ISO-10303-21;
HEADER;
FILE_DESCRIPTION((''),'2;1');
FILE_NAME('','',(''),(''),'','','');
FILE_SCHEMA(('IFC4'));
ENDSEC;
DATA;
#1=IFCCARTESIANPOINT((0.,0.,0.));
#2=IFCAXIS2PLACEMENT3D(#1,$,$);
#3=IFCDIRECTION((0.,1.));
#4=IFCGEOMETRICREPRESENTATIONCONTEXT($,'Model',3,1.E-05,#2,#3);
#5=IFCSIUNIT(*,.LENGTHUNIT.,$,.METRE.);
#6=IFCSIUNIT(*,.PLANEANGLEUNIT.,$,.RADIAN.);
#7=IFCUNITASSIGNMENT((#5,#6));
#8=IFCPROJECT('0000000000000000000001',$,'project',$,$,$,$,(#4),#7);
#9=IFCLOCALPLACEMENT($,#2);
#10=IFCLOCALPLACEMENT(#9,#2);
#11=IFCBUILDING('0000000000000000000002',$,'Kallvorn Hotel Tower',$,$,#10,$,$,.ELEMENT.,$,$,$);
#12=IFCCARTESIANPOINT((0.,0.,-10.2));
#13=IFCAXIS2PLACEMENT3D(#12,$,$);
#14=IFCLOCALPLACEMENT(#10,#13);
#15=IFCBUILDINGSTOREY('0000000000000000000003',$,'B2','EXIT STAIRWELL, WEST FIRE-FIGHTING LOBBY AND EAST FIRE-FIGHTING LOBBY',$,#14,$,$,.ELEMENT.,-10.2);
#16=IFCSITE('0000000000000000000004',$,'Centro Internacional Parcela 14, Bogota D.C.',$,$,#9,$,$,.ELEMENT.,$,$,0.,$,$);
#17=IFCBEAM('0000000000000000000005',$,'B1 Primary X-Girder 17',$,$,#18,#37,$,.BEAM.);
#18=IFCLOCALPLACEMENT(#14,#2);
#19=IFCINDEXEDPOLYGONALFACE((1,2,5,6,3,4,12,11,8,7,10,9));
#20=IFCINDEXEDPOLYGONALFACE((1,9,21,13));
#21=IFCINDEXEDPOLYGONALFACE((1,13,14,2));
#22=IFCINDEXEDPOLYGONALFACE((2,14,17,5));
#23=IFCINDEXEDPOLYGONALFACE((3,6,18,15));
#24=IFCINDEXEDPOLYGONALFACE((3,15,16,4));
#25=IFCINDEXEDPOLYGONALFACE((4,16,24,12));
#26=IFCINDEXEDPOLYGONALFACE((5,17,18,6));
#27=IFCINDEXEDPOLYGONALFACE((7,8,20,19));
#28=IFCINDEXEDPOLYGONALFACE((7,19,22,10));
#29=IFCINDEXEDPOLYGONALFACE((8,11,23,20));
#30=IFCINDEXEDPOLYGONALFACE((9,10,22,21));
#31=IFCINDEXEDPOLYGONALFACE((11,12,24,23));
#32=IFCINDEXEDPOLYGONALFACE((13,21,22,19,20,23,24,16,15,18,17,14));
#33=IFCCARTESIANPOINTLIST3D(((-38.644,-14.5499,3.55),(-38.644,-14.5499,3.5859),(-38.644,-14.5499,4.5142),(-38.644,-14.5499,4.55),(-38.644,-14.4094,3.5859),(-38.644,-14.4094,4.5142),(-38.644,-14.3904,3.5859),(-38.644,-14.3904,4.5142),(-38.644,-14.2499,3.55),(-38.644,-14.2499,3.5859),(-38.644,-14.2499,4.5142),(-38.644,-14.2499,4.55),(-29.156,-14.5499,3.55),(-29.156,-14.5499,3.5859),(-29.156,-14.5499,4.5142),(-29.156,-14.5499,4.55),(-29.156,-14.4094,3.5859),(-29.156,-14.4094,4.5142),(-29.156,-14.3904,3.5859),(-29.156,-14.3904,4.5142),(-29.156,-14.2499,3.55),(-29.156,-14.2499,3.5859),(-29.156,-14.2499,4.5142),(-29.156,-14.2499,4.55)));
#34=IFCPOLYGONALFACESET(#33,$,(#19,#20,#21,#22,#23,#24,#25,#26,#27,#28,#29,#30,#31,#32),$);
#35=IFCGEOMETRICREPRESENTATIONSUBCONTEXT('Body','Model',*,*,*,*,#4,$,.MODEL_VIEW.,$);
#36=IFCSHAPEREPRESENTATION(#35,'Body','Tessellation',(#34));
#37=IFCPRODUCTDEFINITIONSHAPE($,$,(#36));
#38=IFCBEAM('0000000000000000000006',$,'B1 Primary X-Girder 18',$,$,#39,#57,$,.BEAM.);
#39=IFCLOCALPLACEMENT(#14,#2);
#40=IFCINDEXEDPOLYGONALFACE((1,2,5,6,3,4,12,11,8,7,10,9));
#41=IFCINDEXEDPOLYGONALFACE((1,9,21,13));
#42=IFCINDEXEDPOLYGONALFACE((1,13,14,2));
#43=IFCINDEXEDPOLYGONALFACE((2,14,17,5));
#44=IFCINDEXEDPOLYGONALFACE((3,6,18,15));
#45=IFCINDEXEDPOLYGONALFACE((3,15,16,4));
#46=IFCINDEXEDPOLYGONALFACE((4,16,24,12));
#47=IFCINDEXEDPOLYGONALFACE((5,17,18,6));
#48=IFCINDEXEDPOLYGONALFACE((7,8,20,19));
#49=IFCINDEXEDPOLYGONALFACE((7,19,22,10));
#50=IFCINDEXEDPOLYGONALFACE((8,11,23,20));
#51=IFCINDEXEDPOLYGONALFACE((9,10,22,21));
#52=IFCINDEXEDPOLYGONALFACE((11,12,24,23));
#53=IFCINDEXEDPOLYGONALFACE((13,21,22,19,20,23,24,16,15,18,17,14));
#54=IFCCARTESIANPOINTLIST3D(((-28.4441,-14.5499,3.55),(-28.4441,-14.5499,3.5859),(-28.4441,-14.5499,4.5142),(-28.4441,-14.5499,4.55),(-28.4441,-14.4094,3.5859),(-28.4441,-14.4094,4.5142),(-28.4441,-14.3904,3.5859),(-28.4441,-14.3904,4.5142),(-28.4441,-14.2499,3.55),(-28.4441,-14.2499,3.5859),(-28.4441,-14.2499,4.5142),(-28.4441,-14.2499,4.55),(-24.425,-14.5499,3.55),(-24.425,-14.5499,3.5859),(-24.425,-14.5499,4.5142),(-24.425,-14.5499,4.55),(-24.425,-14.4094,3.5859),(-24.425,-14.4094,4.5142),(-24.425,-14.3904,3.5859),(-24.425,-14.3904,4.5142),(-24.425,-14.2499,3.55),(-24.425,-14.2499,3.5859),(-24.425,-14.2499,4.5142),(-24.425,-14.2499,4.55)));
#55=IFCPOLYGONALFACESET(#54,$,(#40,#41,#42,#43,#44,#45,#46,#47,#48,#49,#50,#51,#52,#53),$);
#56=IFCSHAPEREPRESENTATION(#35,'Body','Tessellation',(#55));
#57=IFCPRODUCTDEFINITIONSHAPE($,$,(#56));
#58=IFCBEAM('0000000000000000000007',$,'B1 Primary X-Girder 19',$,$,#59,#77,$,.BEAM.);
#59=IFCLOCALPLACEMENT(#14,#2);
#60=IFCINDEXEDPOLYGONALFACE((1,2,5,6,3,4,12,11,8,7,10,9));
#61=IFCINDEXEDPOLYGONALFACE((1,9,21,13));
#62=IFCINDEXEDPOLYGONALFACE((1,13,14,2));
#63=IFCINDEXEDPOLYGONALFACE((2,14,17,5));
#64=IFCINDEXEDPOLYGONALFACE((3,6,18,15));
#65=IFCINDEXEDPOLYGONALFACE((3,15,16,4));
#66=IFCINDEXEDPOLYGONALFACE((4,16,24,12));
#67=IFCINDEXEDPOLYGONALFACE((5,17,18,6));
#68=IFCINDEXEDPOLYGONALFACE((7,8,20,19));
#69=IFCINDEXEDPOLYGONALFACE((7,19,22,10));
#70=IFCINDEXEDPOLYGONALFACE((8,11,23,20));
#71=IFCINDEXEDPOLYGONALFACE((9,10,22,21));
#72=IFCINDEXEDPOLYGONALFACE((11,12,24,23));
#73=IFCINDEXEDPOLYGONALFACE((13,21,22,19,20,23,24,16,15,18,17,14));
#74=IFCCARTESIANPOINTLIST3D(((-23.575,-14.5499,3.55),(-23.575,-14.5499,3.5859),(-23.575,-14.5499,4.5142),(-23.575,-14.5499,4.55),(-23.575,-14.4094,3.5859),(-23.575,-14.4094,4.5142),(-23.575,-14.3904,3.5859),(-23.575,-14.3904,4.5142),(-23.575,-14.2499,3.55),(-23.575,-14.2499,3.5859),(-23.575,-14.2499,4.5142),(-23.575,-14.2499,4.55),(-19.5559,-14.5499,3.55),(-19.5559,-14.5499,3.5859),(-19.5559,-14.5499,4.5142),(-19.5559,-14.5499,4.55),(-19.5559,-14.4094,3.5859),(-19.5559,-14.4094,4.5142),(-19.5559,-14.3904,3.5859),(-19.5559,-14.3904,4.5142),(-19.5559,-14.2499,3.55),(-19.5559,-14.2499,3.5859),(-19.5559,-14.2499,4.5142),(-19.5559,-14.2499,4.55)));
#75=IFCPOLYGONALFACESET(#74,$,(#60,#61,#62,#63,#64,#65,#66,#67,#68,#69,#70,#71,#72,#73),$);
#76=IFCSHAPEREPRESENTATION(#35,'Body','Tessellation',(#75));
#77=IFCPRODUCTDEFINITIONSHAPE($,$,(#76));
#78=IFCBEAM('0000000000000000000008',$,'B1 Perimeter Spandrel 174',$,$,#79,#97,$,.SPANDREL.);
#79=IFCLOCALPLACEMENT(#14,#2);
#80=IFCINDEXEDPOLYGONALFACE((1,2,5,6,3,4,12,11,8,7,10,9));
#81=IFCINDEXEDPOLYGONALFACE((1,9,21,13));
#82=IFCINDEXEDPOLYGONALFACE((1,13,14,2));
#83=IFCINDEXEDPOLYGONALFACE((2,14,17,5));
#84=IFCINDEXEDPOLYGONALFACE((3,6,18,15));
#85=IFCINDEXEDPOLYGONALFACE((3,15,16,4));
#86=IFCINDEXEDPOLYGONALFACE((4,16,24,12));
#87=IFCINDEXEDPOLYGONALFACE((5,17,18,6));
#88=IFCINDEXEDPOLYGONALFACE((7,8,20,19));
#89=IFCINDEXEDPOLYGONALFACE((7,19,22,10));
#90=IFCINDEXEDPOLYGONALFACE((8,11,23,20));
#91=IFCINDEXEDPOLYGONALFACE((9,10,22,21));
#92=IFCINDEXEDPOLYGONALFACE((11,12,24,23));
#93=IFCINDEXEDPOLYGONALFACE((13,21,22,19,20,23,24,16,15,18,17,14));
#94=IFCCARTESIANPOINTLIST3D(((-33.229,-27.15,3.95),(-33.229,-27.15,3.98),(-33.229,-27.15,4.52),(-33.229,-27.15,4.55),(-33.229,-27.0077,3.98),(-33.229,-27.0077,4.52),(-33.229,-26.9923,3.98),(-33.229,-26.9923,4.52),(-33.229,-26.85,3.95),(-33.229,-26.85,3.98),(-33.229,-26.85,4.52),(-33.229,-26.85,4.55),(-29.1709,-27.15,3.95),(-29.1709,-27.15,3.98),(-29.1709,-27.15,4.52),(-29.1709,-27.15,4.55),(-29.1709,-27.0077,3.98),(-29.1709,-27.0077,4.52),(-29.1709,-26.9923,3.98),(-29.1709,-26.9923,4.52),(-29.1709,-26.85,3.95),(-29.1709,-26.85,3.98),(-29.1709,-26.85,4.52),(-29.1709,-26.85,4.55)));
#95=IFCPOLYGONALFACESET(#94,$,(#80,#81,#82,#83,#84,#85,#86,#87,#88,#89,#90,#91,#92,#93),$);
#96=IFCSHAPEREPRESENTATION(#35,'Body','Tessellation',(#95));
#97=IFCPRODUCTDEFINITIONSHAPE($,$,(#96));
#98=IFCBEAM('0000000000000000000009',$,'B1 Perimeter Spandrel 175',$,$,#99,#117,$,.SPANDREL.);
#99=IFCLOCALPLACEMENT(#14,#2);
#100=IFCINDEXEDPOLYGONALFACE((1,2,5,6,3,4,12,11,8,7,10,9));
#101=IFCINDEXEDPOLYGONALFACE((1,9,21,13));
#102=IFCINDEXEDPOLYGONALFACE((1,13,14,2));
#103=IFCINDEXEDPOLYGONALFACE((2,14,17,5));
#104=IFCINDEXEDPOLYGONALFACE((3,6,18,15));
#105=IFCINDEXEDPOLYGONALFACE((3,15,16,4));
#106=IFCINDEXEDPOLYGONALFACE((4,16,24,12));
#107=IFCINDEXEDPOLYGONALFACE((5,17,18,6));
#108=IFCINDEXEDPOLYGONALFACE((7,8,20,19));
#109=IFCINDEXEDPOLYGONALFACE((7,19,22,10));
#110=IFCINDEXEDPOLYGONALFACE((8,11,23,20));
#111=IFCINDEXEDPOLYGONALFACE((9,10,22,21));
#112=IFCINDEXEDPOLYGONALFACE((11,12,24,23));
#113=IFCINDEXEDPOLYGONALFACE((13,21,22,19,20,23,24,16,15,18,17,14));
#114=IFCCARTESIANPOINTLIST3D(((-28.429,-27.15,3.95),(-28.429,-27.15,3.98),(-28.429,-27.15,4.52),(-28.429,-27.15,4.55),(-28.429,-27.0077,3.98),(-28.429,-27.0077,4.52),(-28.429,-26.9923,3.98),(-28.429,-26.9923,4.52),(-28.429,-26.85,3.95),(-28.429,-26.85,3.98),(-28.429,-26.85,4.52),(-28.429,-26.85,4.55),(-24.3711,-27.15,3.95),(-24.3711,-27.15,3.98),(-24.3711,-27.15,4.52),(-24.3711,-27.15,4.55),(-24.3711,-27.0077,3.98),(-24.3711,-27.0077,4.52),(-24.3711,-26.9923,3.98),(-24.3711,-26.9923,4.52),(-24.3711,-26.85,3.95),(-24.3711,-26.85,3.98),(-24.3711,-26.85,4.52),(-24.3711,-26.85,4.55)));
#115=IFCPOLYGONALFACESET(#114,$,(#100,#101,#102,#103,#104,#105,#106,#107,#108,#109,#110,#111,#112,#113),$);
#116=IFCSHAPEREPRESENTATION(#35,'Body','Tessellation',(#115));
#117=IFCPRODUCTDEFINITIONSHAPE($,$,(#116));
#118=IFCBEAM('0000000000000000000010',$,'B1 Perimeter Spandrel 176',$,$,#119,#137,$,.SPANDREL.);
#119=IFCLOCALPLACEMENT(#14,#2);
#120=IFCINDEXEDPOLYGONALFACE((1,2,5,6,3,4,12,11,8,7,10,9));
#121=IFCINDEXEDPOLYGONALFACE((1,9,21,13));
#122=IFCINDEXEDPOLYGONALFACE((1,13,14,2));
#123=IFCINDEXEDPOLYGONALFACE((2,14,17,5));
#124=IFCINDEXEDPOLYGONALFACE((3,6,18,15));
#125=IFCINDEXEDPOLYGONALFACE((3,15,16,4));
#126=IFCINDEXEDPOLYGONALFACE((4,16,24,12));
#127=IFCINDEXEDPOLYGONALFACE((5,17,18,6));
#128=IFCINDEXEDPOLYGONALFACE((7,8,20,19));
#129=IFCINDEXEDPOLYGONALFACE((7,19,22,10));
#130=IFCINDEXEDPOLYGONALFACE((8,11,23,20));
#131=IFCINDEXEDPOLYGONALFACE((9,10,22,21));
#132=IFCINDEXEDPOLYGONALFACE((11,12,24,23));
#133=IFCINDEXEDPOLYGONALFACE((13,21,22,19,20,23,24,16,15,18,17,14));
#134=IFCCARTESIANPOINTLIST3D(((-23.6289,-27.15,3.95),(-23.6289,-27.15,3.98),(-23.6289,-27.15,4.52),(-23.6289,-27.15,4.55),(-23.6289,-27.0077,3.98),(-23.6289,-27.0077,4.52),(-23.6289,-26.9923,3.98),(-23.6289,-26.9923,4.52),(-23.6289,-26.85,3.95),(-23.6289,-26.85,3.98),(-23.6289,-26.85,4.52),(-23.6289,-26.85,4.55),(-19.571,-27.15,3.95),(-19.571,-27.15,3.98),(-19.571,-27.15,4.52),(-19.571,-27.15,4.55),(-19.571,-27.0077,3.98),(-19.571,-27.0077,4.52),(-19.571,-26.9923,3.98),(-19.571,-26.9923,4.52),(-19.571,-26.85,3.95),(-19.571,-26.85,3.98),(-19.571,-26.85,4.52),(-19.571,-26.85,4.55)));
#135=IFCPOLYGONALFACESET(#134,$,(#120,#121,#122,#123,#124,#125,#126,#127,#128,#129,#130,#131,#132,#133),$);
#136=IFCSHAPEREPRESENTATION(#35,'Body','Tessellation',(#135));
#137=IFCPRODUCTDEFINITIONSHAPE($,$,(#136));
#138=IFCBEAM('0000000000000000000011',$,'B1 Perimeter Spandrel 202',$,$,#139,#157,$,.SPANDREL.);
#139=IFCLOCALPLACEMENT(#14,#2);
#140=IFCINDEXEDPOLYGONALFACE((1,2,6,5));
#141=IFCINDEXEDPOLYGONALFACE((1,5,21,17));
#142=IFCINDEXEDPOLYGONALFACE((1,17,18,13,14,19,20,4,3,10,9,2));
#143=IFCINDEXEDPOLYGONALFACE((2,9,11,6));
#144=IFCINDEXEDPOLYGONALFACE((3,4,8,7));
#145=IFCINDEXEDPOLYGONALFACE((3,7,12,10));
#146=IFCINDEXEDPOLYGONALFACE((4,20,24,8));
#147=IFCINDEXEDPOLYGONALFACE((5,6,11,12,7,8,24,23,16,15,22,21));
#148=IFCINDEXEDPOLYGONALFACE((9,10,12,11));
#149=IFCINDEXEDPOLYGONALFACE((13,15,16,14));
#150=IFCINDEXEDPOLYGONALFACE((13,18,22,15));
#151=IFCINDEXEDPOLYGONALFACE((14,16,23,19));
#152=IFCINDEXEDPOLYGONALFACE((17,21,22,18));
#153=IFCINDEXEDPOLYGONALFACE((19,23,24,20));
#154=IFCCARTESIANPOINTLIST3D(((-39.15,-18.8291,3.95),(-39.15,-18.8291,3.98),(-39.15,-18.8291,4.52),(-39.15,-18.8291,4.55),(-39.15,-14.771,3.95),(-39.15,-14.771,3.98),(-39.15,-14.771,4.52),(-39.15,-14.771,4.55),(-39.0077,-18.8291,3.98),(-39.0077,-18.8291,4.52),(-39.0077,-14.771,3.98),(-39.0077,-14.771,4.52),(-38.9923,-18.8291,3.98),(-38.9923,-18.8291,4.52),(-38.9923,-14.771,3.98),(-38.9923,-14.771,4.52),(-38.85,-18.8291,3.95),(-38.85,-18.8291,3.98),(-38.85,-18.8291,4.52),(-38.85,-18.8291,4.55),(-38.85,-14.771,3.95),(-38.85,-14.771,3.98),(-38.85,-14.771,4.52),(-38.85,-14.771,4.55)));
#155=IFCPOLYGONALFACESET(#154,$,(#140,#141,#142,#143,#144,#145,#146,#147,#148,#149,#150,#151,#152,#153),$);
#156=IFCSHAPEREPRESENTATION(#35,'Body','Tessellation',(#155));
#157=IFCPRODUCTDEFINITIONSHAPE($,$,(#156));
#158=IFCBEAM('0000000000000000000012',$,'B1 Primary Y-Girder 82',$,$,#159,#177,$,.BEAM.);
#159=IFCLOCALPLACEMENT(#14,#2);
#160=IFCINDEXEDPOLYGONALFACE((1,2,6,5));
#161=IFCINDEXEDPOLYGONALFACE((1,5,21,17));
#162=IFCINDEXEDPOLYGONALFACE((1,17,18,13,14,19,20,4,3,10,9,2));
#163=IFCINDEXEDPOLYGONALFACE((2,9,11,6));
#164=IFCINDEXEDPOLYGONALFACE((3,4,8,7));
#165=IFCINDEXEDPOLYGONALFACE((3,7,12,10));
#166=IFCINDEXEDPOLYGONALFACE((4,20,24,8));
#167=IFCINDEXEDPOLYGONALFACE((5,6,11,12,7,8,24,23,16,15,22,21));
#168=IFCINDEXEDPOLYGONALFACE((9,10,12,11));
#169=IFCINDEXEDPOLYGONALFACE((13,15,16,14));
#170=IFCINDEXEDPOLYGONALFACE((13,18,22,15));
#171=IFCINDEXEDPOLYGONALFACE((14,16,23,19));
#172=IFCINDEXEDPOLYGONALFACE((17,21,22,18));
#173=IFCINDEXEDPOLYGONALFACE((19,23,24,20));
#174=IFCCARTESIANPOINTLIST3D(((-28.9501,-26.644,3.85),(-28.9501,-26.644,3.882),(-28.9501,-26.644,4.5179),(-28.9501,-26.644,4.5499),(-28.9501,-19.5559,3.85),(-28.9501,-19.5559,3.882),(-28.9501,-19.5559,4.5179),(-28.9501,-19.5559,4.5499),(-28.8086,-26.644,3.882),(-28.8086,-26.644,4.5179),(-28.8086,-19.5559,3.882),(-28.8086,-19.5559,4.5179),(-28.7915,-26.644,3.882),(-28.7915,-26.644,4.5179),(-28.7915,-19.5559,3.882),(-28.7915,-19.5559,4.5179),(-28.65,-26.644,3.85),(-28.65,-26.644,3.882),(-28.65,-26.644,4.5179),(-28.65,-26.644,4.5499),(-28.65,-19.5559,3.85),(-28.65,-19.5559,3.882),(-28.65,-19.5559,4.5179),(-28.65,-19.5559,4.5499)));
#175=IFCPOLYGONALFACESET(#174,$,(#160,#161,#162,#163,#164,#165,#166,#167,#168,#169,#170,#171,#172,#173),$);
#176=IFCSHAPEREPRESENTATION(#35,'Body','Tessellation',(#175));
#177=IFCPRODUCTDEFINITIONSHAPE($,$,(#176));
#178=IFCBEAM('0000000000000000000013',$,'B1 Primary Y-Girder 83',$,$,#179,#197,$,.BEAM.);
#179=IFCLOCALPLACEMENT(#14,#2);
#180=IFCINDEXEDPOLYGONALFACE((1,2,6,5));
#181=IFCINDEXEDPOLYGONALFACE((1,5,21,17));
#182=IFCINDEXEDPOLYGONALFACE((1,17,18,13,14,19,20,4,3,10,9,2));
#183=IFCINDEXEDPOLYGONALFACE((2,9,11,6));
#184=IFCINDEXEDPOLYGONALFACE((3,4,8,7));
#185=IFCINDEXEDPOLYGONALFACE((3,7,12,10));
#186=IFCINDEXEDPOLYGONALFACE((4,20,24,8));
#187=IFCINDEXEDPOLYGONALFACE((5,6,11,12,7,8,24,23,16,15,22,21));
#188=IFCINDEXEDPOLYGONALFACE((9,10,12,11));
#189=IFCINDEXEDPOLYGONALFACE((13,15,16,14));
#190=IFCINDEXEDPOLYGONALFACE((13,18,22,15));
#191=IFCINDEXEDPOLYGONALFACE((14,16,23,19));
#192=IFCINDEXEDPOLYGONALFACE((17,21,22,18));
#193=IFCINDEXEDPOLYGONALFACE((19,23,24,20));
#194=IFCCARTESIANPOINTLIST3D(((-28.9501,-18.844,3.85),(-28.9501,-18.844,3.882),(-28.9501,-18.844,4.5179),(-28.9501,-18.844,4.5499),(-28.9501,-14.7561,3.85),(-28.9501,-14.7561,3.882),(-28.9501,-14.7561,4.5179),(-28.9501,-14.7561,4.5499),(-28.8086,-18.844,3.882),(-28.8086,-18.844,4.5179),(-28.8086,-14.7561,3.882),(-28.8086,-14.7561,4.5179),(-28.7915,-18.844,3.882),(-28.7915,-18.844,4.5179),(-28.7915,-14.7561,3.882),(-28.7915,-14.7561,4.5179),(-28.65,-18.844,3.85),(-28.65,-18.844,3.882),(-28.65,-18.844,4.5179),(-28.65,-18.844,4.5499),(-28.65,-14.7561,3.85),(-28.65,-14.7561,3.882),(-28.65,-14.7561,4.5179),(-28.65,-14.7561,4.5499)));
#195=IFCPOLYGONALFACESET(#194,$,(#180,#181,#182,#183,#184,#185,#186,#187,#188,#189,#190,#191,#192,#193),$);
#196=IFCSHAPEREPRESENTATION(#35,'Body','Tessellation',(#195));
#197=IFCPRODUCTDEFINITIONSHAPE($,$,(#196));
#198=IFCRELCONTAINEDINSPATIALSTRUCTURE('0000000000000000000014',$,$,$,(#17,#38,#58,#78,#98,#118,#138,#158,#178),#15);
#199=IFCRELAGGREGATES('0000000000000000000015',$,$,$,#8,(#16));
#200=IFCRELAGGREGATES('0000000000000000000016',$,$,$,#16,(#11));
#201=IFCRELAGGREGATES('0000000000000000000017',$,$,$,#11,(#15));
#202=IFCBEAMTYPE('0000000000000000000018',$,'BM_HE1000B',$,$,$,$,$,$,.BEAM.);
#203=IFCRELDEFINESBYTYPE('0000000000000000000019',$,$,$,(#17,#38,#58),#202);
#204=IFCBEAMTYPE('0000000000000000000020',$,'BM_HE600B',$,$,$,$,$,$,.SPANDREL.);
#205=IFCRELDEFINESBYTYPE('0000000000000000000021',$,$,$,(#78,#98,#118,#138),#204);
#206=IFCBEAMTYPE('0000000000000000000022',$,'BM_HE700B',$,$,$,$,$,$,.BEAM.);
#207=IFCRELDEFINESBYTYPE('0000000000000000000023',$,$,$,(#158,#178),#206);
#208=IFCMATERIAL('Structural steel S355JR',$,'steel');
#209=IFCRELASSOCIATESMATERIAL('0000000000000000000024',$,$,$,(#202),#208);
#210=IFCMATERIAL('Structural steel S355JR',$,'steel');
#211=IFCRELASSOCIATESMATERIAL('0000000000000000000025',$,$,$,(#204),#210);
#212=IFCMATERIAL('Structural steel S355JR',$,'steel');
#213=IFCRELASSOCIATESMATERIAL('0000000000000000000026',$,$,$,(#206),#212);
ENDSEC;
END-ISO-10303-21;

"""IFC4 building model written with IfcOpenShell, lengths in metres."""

from ifc_helpers import new_model, si_unit, direction, frame, origin, origin_2d, place, context, subcontext, project, spatial, i_section, extrude, material, material_profile, profile_set, type_object, element, save


model = new_model("IFC4")

# Units and contexts
model_context = context("Model", 3, precision=1e-05, world=origin(), true_north=direction((0.0, 1.0)))
body_context = subcontext(model_context, "Body", "Model", "MODEL_VIEW")
ifc_project = project(units=[si_unit("LENGTHUNIT", "METRE"), si_unit("PLANEANGLEUNIT", "RADIAN")], contexts=[model_context])

# Site, building, storey
site_placement = place(None, origin())
site = spatial("IfcSite", under=ifc_project, at=site_placement, Name="Centro Internacional Parcela 14, Bogota D.C.", CompositionType="ELEMENT", RefElevation=0.0)
building_placement = place(site_placement, origin())
building = spatial("IfcBuilding", under=site, at=building_placement, Name="Kallvorn Hotel Tower", CompositionType="ELEMENT")
storey_placement = place(building_placement, frame((0.0, 0.0, -10.2)))
storey = spatial("IfcBuildingStorey", under=building, at=storey_placement, Name="B2", Description="EXIT STAIRWELL, WEST FIRE-FIGHTING LOBBY AND EAST FIRE-FIGHTING LOBBY", CompositionType="ELEMENT", Elevation=-10.2)

# Beams
ifc_material_1 = material(Name="Structural steel S355JR", Category="steel")
ifc_material_profile_1 = material_profile(ifc_material_1, i_section(OverallWidth=0.3, OverallDepth=1.0, WebThickness=0.019, FlangeThickness=0.0359, at=origin_2d()), Name="HE 1000 B")
ifc_profile_set_1 = profile_set([ifc_material_profile_1], Name="Structural steel S355JR")
beam_type_1 = type_object("IfcBeamType", Name="BM_HE1000B", PredefinedType="BEAM", material=ifc_profile_set_1)
beam_1_placement = place(storey_placement, frame((-38.644, -14.3999, 4.05), z_axis=(1.0, 0.0, 0.0), x_axis=(0.0, 1.0, 0.0)))
element("IfcBeam", 1, at=beam_1_placement, inside=storey, type_object=beam_type_1, Name="B1 Primary X-Girder 17", PredefinedType="BEAM", context=body_context, shape_type="SweptSolid", body=[
    extrude(i_section(OverallWidth=0.3, OverallDepth=1.0, WebThickness=0.019, FlangeThickness=0.0359, at=origin_2d()), origin(), (0.0, 0.0, 1.0), 9.488),
])
for number, where, z_axis, x_axis, name in (
    (2, (-28.4441, -14.3999, 4.05), (1.0, 0.0, 0.0), (0.0, 1.0, 0.0), "B1 Primary X-Girder 18"),
    (3, (-23.575, -14.3999, 4.05), (1.0, 0.0, 0.0), (0.0, 1.0, 0.0), "B1 Primary X-Girder 19"),
):
    element("IfcBeam", number, at=place(storey_placement, frame(where, z_axis=z_axis, x_axis=x_axis)), inside=storey, type_object=beam_type_1, Name=name, PredefinedType="BEAM", context=body_context, shape_type="SweptSolid", body=[
        extrude(i_section(OverallWidth=0.3, OverallDepth=1.0, WebThickness=0.019, FlangeThickness=0.0359, at=origin_2d()), origin(), (0.0, 0.0, 1.0), 4.019),
    ])
ifc_material_2 = material(Name="Structural steel S355JR", Category="steel")
ifc_material_profile_2 = material_profile(ifc_material_2, i_section(OverallWidth=0.3, OverallDepth=0.6001, WebThickness=0.0154, FlangeThickness=0.03, at=origin_2d()), Name="HE 600 B")
ifc_profile_set_2 = profile_set([ifc_material_profile_2], Name="Structural steel S355JR")
beam_type_2 = type_object("IfcBeamType", Name="BM_HE600B", PredefinedType="SPANDREL", material=ifc_profile_set_2)
beam_2_placement = place(storey_placement, frame((-33.229, -27.0, 4.25), z_axis=(1.0, 0.0, 0.0), x_axis=(0.0, 1.0, 0.0)))
element("IfcBeam", 4, at=beam_2_placement, inside=storey, type_object=beam_type_2, Name="B1 Perimeter Spandrel 174", PredefinedType="SPANDREL", context=body_context, shape_type="SweptSolid", body=[
    extrude(i_section(OverallWidth=0.3, OverallDepth=0.6001, WebThickness=0.0154, FlangeThickness=0.03, at=origin_2d()), origin(), (0.0, 0.0, 1.0), 4.0581),
])
for number, where, z_axis, x_axis, name in (
    (5, (-28.429, -27.0, 4.25), (1.0, 0.0, 0.0), (0.0, 1.0, 0.0), "B1 Perimeter Spandrel 175"),
    (6, (-23.6289, -27.0, 4.25), (1.0, 0.0, 0.0), (0.0, 1.0, 0.0), "B1 Perimeter Spandrel 176"),
):
    element("IfcBeam", number, at=place(storey_placement, frame(where, z_axis=z_axis, x_axis=x_axis)), inside=storey, type_object=beam_type_2, Name=name, PredefinedType="SPANDREL", context=body_context, shape_type="SweptSolid", body=[
        extrude(i_section(OverallWidth=0.3, OverallDepth=0.6001, WebThickness=0.0154, FlangeThickness=0.03, at=origin_2d()), origin(), (0.0, 0.0, 1.0), 4.0579),
    ])
beam_3_placement = place(storey_placement, frame((-39.0, -18.8291, 4.25), z_axis=(0.0, 1.0, 0.0), x_axis=(-1.0, 0.0, 0.0)))
element("IfcBeam", 7, at=beam_3_placement, inside=storey, type_object=beam_type_2, Name="B1 Perimeter Spandrel 202", PredefinedType="SPANDREL", context=body_context, shape_type="SweptSolid", body=[
    extrude(i_section(OverallWidth=0.3, OverallDepth=0.6001, WebThickness=0.0154, FlangeThickness=0.03, at=origin_2d()), origin(), (0.0, 0.0, 1.0), 4.0581),
])
ifc_material_3 = material(Name="Structural steel S355JR", Category="steel")
ifc_material_profile_3 = material_profile(ifc_material_3, i_section(OverallWidth=0.3, OverallDepth=0.7, WebThickness=0.0171, FlangeThickness=0.032, at=origin_2d()), Name="HE 700 B")
ifc_profile_set_3 = profile_set([ifc_material_profile_3], Name="Structural steel S355JR")
beam_type_3 = type_object("IfcBeamType", Name="BM_HE700B", PredefinedType="BEAM", material=ifc_profile_set_3)
beam_4_placement = place(storey_placement, frame((-28.8, -26.644, 4.2), z_axis=(0.0, 1.0, 0.0), x_axis=(-1.0, 0.0, 0.0)))
element("IfcBeam", 8, at=beam_4_placement, inside=storey, type_object=beam_type_3, Name="B1 Primary Y-Girder 82", PredefinedType="BEAM", context=body_context, shape_type="SweptSolid", body=[
    extrude(i_section(OverallWidth=0.3, OverallDepth=0.7, WebThickness=0.0171, FlangeThickness=0.032, at=origin_2d()), origin(), (0.0, 0.0, 1.0), 7.0881),
])
beam_5_placement = place(storey_placement, frame((-28.8, -18.844, 4.2), z_axis=(0.0, 1.0, 0.0), x_axis=(-1.0, 0.0, 0.0)))
element("IfcBeam", 9, at=beam_5_placement, inside=storey, type_object=beam_type_3, Name="B1 Primary Y-Girder 83", PredefinedType="BEAM", context=body_context, shape_type="SweptSolid", body=[
    extrude(i_section(OverallWidth=0.3, OverallDepth=0.7, WebThickness=0.0171, FlangeThickness=0.032, at=origin_2d()), origin(), (0.0, 0.0, 1.0), 4.0879),
])

save(model, "model.ifc")
